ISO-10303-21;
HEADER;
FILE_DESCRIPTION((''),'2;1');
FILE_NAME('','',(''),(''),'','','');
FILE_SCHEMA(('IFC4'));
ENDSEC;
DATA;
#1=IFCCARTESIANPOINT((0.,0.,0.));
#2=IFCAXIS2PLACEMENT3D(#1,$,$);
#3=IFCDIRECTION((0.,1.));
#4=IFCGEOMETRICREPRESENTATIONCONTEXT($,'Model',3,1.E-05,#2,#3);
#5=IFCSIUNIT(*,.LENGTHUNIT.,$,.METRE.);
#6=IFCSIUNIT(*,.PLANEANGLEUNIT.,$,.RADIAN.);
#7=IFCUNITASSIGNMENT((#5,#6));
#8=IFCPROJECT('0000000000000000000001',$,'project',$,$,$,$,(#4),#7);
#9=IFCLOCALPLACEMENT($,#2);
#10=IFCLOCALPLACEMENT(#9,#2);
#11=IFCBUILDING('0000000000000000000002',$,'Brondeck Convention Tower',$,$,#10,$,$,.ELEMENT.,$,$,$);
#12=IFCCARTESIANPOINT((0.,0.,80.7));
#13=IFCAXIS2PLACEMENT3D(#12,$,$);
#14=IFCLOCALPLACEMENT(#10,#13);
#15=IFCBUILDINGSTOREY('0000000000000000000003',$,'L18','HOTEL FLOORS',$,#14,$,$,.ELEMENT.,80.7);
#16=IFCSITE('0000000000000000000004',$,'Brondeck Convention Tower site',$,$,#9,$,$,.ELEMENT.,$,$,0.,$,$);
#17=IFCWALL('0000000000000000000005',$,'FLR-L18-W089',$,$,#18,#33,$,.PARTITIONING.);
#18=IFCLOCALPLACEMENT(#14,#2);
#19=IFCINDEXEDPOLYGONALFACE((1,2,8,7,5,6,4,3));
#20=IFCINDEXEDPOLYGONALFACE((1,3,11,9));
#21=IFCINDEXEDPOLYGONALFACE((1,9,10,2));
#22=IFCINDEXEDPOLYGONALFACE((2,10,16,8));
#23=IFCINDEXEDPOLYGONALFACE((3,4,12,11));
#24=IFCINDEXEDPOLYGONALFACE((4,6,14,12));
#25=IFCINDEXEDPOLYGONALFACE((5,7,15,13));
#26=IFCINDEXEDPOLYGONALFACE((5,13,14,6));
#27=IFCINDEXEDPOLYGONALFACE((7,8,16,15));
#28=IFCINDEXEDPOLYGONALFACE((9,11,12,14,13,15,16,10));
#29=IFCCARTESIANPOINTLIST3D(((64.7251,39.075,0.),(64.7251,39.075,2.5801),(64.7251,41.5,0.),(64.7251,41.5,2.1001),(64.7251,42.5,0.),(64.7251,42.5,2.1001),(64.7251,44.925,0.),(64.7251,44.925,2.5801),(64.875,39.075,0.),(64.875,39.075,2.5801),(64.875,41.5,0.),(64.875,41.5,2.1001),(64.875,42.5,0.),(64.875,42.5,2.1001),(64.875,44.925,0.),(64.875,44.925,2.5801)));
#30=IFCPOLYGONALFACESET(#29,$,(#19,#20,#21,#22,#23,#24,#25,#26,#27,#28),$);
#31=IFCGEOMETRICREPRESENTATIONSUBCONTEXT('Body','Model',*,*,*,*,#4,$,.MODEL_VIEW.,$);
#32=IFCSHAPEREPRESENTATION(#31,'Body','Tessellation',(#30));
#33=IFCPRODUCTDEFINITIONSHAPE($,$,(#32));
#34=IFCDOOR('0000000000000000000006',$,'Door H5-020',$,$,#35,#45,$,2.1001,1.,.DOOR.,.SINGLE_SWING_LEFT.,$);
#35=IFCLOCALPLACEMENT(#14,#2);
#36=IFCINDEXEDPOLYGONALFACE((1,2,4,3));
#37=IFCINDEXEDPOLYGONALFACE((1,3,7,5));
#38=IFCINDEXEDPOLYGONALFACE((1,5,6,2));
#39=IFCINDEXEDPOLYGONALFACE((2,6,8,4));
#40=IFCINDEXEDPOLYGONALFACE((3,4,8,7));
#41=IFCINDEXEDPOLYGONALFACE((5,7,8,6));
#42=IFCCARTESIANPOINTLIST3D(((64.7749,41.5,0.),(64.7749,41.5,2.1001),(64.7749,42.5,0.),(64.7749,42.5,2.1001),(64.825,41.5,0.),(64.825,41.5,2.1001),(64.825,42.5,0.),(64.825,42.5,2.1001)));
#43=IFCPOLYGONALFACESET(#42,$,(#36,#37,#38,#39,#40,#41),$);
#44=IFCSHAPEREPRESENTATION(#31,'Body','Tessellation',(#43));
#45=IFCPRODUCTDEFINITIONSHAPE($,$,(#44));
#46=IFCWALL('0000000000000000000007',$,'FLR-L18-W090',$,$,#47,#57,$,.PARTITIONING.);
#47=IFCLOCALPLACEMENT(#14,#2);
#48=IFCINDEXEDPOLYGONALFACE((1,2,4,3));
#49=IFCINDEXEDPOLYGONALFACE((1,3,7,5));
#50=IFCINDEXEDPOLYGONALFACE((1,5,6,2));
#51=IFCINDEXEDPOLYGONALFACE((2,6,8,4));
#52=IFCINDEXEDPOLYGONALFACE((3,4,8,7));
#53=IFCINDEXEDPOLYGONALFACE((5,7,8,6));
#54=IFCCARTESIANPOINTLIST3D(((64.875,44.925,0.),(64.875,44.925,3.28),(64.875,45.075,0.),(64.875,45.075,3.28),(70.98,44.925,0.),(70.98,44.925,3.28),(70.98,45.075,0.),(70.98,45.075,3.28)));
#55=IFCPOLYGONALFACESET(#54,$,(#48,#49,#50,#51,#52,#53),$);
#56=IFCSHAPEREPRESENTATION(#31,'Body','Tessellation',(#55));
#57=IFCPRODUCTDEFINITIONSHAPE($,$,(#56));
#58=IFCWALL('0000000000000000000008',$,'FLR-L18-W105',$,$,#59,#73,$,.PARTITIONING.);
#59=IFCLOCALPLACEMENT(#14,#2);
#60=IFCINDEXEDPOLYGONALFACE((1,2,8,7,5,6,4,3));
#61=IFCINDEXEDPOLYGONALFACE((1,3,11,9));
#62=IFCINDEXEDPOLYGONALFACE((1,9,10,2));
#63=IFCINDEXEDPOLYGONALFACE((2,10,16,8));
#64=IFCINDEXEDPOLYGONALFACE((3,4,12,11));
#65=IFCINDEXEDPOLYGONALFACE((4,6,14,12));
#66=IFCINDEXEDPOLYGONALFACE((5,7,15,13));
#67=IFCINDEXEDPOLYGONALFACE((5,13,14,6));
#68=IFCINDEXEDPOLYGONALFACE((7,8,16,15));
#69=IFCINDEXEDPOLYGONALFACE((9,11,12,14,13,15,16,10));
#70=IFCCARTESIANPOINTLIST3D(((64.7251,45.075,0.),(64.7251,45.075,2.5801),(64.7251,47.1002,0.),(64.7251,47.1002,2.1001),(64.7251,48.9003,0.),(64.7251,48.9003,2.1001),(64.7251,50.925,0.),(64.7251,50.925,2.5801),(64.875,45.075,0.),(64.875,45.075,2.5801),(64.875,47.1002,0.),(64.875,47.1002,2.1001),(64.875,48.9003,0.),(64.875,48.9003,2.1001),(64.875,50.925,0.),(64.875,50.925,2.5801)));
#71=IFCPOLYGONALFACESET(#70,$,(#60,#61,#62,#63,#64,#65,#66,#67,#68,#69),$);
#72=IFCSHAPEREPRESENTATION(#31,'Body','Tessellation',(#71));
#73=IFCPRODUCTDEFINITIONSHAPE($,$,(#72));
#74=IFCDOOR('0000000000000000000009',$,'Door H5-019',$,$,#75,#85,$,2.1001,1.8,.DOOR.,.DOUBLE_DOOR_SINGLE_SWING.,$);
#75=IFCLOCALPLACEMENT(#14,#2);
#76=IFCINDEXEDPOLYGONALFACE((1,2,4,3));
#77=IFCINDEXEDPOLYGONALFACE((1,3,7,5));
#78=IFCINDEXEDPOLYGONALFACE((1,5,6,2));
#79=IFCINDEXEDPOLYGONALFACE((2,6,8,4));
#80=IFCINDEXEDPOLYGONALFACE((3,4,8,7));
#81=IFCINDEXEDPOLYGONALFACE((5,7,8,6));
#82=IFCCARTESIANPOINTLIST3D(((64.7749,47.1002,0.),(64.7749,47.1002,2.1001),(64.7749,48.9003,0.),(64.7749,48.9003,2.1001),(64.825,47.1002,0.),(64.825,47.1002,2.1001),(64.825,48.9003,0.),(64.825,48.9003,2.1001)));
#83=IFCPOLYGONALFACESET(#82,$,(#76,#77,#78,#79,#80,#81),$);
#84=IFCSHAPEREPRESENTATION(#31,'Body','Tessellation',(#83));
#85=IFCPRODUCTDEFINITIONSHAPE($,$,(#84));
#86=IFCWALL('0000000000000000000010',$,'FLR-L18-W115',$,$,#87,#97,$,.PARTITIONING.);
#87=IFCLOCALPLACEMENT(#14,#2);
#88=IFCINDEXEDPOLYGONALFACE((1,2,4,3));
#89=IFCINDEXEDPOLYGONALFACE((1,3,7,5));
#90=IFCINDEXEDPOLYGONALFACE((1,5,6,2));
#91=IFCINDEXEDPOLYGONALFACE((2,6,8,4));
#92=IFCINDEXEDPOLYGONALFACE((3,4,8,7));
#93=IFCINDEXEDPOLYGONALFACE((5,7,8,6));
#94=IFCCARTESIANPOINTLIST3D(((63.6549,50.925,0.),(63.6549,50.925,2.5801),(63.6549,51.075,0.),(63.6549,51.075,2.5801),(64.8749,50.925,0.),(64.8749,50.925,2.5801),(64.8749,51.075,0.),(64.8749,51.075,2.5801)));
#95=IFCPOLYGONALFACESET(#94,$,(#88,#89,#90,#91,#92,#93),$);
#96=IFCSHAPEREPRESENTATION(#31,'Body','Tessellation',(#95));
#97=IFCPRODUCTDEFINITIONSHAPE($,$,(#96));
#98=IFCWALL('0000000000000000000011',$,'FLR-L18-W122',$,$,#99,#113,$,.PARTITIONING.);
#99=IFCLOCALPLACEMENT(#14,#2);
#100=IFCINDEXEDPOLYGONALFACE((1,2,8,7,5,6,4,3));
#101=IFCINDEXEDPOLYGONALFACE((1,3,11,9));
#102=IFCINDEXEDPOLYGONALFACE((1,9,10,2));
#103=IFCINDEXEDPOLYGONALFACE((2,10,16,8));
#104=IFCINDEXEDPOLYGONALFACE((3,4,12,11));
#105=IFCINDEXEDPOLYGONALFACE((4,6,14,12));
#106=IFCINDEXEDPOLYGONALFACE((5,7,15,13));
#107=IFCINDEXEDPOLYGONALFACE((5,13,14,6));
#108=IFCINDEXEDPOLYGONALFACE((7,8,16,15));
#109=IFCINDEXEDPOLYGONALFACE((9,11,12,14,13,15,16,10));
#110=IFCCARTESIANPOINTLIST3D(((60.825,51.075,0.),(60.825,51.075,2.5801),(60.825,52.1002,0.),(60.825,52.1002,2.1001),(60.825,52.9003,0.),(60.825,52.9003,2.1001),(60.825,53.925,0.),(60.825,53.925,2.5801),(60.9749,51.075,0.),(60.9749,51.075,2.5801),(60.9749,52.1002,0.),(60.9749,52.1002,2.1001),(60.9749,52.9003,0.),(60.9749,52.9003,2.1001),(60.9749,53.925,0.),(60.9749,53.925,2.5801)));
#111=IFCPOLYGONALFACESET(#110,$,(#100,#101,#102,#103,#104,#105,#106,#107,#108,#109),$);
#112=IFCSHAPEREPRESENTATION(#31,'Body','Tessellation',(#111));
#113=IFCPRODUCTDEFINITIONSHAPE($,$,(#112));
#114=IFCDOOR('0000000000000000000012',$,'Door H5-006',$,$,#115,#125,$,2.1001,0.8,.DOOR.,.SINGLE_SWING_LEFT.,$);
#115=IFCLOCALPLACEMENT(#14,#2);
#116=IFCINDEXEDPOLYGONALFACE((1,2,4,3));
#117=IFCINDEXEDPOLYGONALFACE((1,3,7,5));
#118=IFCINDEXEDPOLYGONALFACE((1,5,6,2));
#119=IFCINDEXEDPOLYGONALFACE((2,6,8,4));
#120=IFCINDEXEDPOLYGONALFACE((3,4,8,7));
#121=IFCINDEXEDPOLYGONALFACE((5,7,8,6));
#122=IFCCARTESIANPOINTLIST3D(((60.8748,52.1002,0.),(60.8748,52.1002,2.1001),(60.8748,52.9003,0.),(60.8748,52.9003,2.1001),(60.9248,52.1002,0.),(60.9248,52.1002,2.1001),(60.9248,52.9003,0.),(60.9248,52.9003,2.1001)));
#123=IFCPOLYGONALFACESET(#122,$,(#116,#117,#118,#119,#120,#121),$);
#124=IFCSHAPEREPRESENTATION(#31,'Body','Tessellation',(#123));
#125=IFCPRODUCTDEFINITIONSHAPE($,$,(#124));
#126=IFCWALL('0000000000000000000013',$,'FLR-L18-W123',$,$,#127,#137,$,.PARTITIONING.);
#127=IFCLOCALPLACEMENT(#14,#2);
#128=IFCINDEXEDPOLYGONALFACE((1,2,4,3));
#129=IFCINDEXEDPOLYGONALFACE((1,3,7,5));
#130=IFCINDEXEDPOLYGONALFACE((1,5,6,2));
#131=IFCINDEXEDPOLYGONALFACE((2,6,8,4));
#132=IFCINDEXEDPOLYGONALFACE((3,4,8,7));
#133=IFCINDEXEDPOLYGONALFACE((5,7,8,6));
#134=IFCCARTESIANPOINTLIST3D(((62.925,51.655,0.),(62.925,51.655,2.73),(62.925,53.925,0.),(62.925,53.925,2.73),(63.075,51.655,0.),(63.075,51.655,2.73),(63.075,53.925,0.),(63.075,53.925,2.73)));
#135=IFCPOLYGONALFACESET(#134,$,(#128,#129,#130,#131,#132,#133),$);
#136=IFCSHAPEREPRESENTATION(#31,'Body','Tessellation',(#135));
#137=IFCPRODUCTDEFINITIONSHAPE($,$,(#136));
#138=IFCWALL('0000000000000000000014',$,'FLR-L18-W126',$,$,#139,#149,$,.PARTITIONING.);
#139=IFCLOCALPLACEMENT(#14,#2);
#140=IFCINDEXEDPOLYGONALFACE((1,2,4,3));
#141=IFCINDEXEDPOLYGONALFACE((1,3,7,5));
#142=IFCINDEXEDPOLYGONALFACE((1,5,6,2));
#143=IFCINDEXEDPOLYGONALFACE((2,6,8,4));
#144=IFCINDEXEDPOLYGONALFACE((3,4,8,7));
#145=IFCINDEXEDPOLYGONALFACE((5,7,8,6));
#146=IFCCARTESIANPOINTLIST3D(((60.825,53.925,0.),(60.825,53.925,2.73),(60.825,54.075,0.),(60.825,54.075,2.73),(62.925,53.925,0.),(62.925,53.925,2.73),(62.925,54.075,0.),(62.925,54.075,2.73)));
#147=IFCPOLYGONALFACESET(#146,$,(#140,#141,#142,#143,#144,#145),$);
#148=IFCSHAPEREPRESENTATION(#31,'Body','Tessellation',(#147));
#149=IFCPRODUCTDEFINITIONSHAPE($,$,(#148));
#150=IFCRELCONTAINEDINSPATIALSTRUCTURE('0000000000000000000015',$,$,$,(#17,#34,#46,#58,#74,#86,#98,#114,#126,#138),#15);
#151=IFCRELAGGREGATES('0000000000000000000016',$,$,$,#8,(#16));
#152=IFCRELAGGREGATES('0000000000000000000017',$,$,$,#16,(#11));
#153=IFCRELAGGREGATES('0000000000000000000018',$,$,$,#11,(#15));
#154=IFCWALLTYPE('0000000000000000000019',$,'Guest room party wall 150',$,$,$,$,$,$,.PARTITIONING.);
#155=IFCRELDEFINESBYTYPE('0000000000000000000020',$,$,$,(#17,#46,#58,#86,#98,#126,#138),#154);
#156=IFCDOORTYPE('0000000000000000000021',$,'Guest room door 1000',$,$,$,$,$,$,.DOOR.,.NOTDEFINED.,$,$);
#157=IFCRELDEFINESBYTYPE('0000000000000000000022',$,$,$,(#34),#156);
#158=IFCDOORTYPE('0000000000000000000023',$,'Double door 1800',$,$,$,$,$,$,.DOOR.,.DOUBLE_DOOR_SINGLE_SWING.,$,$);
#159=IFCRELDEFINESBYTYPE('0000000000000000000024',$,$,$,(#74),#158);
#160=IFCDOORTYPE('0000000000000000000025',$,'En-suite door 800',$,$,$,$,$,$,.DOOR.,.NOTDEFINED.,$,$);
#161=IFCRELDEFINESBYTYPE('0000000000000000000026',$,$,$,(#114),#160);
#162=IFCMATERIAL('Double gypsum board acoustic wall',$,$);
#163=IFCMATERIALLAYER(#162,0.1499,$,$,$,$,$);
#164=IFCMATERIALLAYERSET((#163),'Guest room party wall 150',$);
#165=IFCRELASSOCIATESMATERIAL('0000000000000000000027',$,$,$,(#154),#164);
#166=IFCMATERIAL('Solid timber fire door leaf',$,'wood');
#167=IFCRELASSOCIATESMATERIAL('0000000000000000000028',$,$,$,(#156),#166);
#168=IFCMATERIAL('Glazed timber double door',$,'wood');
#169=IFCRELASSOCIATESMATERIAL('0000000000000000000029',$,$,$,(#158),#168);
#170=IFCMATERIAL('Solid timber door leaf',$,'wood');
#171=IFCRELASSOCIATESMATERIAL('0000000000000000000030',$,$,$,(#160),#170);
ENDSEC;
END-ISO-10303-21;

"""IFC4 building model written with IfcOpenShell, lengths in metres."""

from ifc_helpers import new_model, si_unit, direction, frame, frame_2d, origin, place, context, subcontext, project, spatial, rectangle, extrude, material, layer, layer_set, type_object, element, fill, save


model = new_model("IFC4")

# Units and contexts
model_context = context("Model", 3, precision=1e-05, world=origin(), true_north=direction((0.0, 1.0)))
body_context = subcontext(model_context, "Body", "Model", "MODEL_VIEW")
ifc_project = project(units=[si_unit("LENGTHUNIT", "METRE"), si_unit("PLANEANGLEUNIT", "RADIAN")], contexts=[model_context])

# Site, building, storey
site_placement = place(None, origin())
site = spatial("IfcSite", under=ifc_project, at=site_placement, Name="Brondeck Convention Tower site", CompositionType="ELEMENT", RefElevation=0.0)
building_placement = place(site_placement, origin())
building = spatial("IfcBuilding", under=site, at=building_placement, Name="Brondeck Convention Tower", CompositionType="ELEMENT")
storey_placement = place(building_placement, frame((0.0, 0.0, 80.7)))
storey = spatial("IfcBuildingStorey", under=building, at=storey_placement, Name="L18", Description="HOTEL FLOORS", CompositionType="ELEMENT", Elevation=80.7)

# Wall, opening, door
ifc_material_1 = material(Name="Double gypsum board acoustic wall")
ifc_layer_1 = layer(ifc_material_1, 0.1499)
ifc_layer_set_1 = layer_set([ifc_layer_1], Name="Guest room party wall 150")
wall_type_1 = type_object("IfcWallType", Name="Guest room party wall 150", PredefinedType="PARTITIONING", material=ifc_layer_set_1)
wall_1_placement = place(storey_placement, frame((64.8, 44.925, 0.0), z_axis=(0.0, 0.0, 1.0), x_axis=(0.0, -1.0, 0.0)))
wall_1 = element("IfcWall", 1, at=wall_1_placement, inside=storey, type_object=wall_type_1, Name="FLR-L18-W089", PredefinedType="PARTITIONING", context=body_context, shape_type="SweptSolid", body=[
    extrude(rectangle(XDim=5.8501, YDim=0.1499, at=frame_2d((2.925, 0.0))), origin(), (0.0, 0.0, 1.0), 2.5801),
])
opening_1_placement = place(wall_1_placement, frame((2.425, 0.0, 0.0)))
opening_1 = element("IfcOpeningElement", 2, at=opening_1_placement, cuts=wall_1, PredefinedType="OPENING", context=body_context, shape_type="SweptSolid", body=[
    extrude(rectangle(XDim=1.0, YDim=2.1001, at=frame_2d((0.5, 1.05))), frame((0.0, 0.085, 0.0), z_axis=(0.0, -1.0, 0.0), x_axis=(1.0, 0.0, 0.0)), (0.0, 0.0, 1.0), 0.1699),
])
ifc_material_2 = material(Name="Solid timber fire door leaf", Category="wood")
door_type_1 = type_object("IfcDoorType", Name="Guest room door 1000", OperationType="NOTDEFINED", PredefinedType="DOOR", material=ifc_material_2)
door_1_placement = place(opening_1_placement, origin())
door_1 = element("IfcDoor", 3, at=door_1_placement, inside=storey, type_object=door_type_1, Name="Door H5-020", OperationType="SINGLE_SWING_LEFT", OverallHeight=2.1001, OverallWidth=1.0, PredefinedType="DOOR", context=body_context, shape_type="SweptSolid", body=[
    extrude(rectangle(XDim=1.0, YDim=2.1001, at=frame_2d((0.5, 1.05))), frame((0.0, 0.0249, 0.0), z_axis=(0.0, -1.0, 0.0), x_axis=(1.0, 0.0, 0.0)), (0.0, 0.0, 1.0), 0.05),
])
fill(opening_1, door_1)

# Wall
wall_2_placement = place(storey_placement, frame((70.98, 45.0, 0.0), z_axis=(0.0, 0.0, 1.0), x_axis=(-1.0, 0.0, 0.0)))
element("IfcWall", 4, at=wall_2_placement, inside=storey, type_object=wall_type_1, Name="FLR-L18-W090", PredefinedType="PARTITIONING", context=body_context, shape_type="SweptSolid", body=[
    extrude(rectangle(XDim=6.105, YDim=0.1499, at=frame_2d((3.0525, 0.0))), origin(), (0.0, 0.0, 1.0), 3.28),
])

# Wall, opening, door
wall_3_placement = place(storey_placement, frame((64.8, 50.925, 0.0), z_axis=(0.0, 0.0, 1.0), x_axis=(0.0, -1.0, 0.0)))
wall_3 = element("IfcWall", 5, at=wall_3_placement, inside=storey, type_object=wall_type_1, Name="FLR-L18-W105", PredefinedType="PARTITIONING", context=body_context, shape_type="SweptSolid", body=[
    extrude(rectangle(XDim=5.8501, YDim=0.1499, at=frame_2d((2.925, 0.0))), origin(), (0.0, 0.0, 1.0), 2.5801),
])
opening_2_placement = place(wall_3_placement, frame((2.0249, 0.0, 0.0)))
opening_2 = element("IfcOpeningElement", 6, at=opening_2_placement, cuts=wall_3, PredefinedType="OPENING", context=body_context, shape_type="SweptSolid", body=[
    extrude(rectangle(XDim=1.8, YDim=2.1001, at=frame_2d((0.8999, 1.05))), frame((0.0, 0.085, 0.0), z_axis=(0.0, -1.0, 0.0), x_axis=(1.0, 0.0, 0.0)), (0.0, 0.0, 1.0), 0.1699),
])
ifc_material_3 = material(Name="Glazed timber double door", Category="wood")
door_type_2 = type_object("IfcDoorType", Name="Double door 1800", OperationType="DOUBLE_DOOR_SINGLE_SWING", PredefinedType="DOOR", material=ifc_material_3)
door_2_placement = place(opening_2_placement, origin())
door_2 = element("IfcDoor", 7, at=door_2_placement, inside=storey, type_object=door_type_2, Name="Door H5-019", OperationType="DOUBLE_DOOR_SINGLE_SWING", OverallHeight=2.1001, OverallWidth=1.8, PredefinedType="DOOR", context=body_context, shape_type="SweptSolid", body=[
    extrude(rectangle(XDim=1.8, YDim=2.1001, at=frame_2d((0.8999, 1.05))), frame((0.0, 0.0249, 0.0), z_axis=(0.0, -1.0, 0.0), x_axis=(1.0, 0.0, 0.0)), (0.0, 0.0, 1.0), 0.05),
])
fill(opening_2, door_2)

# Wall
wall_4_placement = place(storey_placement, frame((63.655, 51.0, 0.0), z_axis=(0.0, 0.0, 1.0), x_axis=(1.0, 0.0, 0.0)))
element("IfcWall", 8, at=wall_4_placement, inside=storey, type_object=wall_type_1, Name="FLR-L18-W115", PredefinedType="PARTITIONING", context=body_context, shape_type="SweptSolid", body=[
    extrude(rectangle(XDim=1.22, YDim=0.1499, at=frame_2d((0.6099, 0.0))), origin(), (0.0, 0.0, 1.0), 2.5801),
])

# Wall, opening, door
wall_5_placement = place(storey_placement, frame((60.8999, 53.925, 0.0), z_axis=(0.0, 0.0, 1.0), x_axis=(0.0, -1.0, 0.0)))
wall_5 = element("IfcWall", 9, at=wall_5_placement, inside=storey, type_object=wall_type_1, Name="FLR-L18-W122", PredefinedType="PARTITIONING", context=body_context, shape_type="SweptSolid", body=[
    extrude(rectangle(XDim=2.8501, YDim=0.1499, at=frame_2d((1.425, 0.0))), origin(), (0.0, 0.0, 1.0), 2.5801),
])
opening_3_placement = place(wall_5_placement, frame((1.0249, 0.0, 0.0)))
opening_3 = element("IfcOpeningElement", 10, at=opening_3_placement, cuts=wall_5, PredefinedType="OPENING", context=body_context, shape_type="SweptSolid", body=[
    extrude(rectangle(XDim=0.8, YDim=2.1001, at=frame_2d((0.3999, 1.05))), frame((0.0, 0.085, 0.0), z_axis=(0.0, -1.0, 0.0), x_axis=(1.0, 0.0, 0.0)), (0.0, 0.0, 1.0), 0.1699),
])
ifc_material_4 = material(Name="Solid timber door leaf", Category="wood")
door_type_3 = type_object("IfcDoorType", Name="En-suite door 800", OperationType="NOTDEFINED", PredefinedType="DOOR", material=ifc_material_4)
door_3_placement = place(opening_3_placement, origin())
door_3 = element("IfcDoor", 11, at=door_3_placement, inside=storey, type_object=door_type_3, Name="Door H5-006", OperationType="SINGLE_SWING_LEFT", OverallHeight=2.1001, OverallWidth=0.8, PredefinedType="DOOR", context=body_context, shape_type="SweptSolid", body=[
    extrude(rectangle(XDim=0.8, YDim=2.1001, at=frame_2d((0.3999, 1.05))), frame((0.0, 0.0249, 0.0), z_axis=(0.0, -1.0, 0.0), x_axis=(1.0, 0.0, 0.0)), (0.0, 0.0, 1.0), 0.05),
])
fill(opening_3, door_3)

# Walls
wall_6_placement = place(storey_placement, frame((63.0, 53.925, 0.0), z_axis=(0.0, 0.0, 1.0), x_axis=(0.0, -1.0, 0.0)))
element("IfcWall", 12, at=wall_6_placement, inside=storey, type_object=wall_type_1, Name="FLR-L18-W123", PredefinedType="PARTITIONING", context=body_context, shape_type="SweptSolid", body=[
    extrude(rectangle(XDim=2.27, YDim=0.1499, at=frame_2d((1.135, 0.0))), origin(), (0.0, 0.0, 1.0), 2.73),
])
wall_7_placement = place(storey_placement, frame((62.925, 54.0, 0.0), z_axis=(0.0, 0.0, 1.0), x_axis=(-1.0, 0.0, 0.0)))
element("IfcWall", 13, at=wall_7_placement, inside=storey, type_object=wall_type_1, Name="FLR-L18-W126", PredefinedType="PARTITIONING", context=body_context, shape_type="SweptSolid", body=[
    extrude(rectangle(XDim=2.1001, YDim=0.1499, at=frame_2d((1.05, 0.0))), origin(), (0.0, 0.0, 1.0), 2.73),
])

save(model, "model.ifc")
